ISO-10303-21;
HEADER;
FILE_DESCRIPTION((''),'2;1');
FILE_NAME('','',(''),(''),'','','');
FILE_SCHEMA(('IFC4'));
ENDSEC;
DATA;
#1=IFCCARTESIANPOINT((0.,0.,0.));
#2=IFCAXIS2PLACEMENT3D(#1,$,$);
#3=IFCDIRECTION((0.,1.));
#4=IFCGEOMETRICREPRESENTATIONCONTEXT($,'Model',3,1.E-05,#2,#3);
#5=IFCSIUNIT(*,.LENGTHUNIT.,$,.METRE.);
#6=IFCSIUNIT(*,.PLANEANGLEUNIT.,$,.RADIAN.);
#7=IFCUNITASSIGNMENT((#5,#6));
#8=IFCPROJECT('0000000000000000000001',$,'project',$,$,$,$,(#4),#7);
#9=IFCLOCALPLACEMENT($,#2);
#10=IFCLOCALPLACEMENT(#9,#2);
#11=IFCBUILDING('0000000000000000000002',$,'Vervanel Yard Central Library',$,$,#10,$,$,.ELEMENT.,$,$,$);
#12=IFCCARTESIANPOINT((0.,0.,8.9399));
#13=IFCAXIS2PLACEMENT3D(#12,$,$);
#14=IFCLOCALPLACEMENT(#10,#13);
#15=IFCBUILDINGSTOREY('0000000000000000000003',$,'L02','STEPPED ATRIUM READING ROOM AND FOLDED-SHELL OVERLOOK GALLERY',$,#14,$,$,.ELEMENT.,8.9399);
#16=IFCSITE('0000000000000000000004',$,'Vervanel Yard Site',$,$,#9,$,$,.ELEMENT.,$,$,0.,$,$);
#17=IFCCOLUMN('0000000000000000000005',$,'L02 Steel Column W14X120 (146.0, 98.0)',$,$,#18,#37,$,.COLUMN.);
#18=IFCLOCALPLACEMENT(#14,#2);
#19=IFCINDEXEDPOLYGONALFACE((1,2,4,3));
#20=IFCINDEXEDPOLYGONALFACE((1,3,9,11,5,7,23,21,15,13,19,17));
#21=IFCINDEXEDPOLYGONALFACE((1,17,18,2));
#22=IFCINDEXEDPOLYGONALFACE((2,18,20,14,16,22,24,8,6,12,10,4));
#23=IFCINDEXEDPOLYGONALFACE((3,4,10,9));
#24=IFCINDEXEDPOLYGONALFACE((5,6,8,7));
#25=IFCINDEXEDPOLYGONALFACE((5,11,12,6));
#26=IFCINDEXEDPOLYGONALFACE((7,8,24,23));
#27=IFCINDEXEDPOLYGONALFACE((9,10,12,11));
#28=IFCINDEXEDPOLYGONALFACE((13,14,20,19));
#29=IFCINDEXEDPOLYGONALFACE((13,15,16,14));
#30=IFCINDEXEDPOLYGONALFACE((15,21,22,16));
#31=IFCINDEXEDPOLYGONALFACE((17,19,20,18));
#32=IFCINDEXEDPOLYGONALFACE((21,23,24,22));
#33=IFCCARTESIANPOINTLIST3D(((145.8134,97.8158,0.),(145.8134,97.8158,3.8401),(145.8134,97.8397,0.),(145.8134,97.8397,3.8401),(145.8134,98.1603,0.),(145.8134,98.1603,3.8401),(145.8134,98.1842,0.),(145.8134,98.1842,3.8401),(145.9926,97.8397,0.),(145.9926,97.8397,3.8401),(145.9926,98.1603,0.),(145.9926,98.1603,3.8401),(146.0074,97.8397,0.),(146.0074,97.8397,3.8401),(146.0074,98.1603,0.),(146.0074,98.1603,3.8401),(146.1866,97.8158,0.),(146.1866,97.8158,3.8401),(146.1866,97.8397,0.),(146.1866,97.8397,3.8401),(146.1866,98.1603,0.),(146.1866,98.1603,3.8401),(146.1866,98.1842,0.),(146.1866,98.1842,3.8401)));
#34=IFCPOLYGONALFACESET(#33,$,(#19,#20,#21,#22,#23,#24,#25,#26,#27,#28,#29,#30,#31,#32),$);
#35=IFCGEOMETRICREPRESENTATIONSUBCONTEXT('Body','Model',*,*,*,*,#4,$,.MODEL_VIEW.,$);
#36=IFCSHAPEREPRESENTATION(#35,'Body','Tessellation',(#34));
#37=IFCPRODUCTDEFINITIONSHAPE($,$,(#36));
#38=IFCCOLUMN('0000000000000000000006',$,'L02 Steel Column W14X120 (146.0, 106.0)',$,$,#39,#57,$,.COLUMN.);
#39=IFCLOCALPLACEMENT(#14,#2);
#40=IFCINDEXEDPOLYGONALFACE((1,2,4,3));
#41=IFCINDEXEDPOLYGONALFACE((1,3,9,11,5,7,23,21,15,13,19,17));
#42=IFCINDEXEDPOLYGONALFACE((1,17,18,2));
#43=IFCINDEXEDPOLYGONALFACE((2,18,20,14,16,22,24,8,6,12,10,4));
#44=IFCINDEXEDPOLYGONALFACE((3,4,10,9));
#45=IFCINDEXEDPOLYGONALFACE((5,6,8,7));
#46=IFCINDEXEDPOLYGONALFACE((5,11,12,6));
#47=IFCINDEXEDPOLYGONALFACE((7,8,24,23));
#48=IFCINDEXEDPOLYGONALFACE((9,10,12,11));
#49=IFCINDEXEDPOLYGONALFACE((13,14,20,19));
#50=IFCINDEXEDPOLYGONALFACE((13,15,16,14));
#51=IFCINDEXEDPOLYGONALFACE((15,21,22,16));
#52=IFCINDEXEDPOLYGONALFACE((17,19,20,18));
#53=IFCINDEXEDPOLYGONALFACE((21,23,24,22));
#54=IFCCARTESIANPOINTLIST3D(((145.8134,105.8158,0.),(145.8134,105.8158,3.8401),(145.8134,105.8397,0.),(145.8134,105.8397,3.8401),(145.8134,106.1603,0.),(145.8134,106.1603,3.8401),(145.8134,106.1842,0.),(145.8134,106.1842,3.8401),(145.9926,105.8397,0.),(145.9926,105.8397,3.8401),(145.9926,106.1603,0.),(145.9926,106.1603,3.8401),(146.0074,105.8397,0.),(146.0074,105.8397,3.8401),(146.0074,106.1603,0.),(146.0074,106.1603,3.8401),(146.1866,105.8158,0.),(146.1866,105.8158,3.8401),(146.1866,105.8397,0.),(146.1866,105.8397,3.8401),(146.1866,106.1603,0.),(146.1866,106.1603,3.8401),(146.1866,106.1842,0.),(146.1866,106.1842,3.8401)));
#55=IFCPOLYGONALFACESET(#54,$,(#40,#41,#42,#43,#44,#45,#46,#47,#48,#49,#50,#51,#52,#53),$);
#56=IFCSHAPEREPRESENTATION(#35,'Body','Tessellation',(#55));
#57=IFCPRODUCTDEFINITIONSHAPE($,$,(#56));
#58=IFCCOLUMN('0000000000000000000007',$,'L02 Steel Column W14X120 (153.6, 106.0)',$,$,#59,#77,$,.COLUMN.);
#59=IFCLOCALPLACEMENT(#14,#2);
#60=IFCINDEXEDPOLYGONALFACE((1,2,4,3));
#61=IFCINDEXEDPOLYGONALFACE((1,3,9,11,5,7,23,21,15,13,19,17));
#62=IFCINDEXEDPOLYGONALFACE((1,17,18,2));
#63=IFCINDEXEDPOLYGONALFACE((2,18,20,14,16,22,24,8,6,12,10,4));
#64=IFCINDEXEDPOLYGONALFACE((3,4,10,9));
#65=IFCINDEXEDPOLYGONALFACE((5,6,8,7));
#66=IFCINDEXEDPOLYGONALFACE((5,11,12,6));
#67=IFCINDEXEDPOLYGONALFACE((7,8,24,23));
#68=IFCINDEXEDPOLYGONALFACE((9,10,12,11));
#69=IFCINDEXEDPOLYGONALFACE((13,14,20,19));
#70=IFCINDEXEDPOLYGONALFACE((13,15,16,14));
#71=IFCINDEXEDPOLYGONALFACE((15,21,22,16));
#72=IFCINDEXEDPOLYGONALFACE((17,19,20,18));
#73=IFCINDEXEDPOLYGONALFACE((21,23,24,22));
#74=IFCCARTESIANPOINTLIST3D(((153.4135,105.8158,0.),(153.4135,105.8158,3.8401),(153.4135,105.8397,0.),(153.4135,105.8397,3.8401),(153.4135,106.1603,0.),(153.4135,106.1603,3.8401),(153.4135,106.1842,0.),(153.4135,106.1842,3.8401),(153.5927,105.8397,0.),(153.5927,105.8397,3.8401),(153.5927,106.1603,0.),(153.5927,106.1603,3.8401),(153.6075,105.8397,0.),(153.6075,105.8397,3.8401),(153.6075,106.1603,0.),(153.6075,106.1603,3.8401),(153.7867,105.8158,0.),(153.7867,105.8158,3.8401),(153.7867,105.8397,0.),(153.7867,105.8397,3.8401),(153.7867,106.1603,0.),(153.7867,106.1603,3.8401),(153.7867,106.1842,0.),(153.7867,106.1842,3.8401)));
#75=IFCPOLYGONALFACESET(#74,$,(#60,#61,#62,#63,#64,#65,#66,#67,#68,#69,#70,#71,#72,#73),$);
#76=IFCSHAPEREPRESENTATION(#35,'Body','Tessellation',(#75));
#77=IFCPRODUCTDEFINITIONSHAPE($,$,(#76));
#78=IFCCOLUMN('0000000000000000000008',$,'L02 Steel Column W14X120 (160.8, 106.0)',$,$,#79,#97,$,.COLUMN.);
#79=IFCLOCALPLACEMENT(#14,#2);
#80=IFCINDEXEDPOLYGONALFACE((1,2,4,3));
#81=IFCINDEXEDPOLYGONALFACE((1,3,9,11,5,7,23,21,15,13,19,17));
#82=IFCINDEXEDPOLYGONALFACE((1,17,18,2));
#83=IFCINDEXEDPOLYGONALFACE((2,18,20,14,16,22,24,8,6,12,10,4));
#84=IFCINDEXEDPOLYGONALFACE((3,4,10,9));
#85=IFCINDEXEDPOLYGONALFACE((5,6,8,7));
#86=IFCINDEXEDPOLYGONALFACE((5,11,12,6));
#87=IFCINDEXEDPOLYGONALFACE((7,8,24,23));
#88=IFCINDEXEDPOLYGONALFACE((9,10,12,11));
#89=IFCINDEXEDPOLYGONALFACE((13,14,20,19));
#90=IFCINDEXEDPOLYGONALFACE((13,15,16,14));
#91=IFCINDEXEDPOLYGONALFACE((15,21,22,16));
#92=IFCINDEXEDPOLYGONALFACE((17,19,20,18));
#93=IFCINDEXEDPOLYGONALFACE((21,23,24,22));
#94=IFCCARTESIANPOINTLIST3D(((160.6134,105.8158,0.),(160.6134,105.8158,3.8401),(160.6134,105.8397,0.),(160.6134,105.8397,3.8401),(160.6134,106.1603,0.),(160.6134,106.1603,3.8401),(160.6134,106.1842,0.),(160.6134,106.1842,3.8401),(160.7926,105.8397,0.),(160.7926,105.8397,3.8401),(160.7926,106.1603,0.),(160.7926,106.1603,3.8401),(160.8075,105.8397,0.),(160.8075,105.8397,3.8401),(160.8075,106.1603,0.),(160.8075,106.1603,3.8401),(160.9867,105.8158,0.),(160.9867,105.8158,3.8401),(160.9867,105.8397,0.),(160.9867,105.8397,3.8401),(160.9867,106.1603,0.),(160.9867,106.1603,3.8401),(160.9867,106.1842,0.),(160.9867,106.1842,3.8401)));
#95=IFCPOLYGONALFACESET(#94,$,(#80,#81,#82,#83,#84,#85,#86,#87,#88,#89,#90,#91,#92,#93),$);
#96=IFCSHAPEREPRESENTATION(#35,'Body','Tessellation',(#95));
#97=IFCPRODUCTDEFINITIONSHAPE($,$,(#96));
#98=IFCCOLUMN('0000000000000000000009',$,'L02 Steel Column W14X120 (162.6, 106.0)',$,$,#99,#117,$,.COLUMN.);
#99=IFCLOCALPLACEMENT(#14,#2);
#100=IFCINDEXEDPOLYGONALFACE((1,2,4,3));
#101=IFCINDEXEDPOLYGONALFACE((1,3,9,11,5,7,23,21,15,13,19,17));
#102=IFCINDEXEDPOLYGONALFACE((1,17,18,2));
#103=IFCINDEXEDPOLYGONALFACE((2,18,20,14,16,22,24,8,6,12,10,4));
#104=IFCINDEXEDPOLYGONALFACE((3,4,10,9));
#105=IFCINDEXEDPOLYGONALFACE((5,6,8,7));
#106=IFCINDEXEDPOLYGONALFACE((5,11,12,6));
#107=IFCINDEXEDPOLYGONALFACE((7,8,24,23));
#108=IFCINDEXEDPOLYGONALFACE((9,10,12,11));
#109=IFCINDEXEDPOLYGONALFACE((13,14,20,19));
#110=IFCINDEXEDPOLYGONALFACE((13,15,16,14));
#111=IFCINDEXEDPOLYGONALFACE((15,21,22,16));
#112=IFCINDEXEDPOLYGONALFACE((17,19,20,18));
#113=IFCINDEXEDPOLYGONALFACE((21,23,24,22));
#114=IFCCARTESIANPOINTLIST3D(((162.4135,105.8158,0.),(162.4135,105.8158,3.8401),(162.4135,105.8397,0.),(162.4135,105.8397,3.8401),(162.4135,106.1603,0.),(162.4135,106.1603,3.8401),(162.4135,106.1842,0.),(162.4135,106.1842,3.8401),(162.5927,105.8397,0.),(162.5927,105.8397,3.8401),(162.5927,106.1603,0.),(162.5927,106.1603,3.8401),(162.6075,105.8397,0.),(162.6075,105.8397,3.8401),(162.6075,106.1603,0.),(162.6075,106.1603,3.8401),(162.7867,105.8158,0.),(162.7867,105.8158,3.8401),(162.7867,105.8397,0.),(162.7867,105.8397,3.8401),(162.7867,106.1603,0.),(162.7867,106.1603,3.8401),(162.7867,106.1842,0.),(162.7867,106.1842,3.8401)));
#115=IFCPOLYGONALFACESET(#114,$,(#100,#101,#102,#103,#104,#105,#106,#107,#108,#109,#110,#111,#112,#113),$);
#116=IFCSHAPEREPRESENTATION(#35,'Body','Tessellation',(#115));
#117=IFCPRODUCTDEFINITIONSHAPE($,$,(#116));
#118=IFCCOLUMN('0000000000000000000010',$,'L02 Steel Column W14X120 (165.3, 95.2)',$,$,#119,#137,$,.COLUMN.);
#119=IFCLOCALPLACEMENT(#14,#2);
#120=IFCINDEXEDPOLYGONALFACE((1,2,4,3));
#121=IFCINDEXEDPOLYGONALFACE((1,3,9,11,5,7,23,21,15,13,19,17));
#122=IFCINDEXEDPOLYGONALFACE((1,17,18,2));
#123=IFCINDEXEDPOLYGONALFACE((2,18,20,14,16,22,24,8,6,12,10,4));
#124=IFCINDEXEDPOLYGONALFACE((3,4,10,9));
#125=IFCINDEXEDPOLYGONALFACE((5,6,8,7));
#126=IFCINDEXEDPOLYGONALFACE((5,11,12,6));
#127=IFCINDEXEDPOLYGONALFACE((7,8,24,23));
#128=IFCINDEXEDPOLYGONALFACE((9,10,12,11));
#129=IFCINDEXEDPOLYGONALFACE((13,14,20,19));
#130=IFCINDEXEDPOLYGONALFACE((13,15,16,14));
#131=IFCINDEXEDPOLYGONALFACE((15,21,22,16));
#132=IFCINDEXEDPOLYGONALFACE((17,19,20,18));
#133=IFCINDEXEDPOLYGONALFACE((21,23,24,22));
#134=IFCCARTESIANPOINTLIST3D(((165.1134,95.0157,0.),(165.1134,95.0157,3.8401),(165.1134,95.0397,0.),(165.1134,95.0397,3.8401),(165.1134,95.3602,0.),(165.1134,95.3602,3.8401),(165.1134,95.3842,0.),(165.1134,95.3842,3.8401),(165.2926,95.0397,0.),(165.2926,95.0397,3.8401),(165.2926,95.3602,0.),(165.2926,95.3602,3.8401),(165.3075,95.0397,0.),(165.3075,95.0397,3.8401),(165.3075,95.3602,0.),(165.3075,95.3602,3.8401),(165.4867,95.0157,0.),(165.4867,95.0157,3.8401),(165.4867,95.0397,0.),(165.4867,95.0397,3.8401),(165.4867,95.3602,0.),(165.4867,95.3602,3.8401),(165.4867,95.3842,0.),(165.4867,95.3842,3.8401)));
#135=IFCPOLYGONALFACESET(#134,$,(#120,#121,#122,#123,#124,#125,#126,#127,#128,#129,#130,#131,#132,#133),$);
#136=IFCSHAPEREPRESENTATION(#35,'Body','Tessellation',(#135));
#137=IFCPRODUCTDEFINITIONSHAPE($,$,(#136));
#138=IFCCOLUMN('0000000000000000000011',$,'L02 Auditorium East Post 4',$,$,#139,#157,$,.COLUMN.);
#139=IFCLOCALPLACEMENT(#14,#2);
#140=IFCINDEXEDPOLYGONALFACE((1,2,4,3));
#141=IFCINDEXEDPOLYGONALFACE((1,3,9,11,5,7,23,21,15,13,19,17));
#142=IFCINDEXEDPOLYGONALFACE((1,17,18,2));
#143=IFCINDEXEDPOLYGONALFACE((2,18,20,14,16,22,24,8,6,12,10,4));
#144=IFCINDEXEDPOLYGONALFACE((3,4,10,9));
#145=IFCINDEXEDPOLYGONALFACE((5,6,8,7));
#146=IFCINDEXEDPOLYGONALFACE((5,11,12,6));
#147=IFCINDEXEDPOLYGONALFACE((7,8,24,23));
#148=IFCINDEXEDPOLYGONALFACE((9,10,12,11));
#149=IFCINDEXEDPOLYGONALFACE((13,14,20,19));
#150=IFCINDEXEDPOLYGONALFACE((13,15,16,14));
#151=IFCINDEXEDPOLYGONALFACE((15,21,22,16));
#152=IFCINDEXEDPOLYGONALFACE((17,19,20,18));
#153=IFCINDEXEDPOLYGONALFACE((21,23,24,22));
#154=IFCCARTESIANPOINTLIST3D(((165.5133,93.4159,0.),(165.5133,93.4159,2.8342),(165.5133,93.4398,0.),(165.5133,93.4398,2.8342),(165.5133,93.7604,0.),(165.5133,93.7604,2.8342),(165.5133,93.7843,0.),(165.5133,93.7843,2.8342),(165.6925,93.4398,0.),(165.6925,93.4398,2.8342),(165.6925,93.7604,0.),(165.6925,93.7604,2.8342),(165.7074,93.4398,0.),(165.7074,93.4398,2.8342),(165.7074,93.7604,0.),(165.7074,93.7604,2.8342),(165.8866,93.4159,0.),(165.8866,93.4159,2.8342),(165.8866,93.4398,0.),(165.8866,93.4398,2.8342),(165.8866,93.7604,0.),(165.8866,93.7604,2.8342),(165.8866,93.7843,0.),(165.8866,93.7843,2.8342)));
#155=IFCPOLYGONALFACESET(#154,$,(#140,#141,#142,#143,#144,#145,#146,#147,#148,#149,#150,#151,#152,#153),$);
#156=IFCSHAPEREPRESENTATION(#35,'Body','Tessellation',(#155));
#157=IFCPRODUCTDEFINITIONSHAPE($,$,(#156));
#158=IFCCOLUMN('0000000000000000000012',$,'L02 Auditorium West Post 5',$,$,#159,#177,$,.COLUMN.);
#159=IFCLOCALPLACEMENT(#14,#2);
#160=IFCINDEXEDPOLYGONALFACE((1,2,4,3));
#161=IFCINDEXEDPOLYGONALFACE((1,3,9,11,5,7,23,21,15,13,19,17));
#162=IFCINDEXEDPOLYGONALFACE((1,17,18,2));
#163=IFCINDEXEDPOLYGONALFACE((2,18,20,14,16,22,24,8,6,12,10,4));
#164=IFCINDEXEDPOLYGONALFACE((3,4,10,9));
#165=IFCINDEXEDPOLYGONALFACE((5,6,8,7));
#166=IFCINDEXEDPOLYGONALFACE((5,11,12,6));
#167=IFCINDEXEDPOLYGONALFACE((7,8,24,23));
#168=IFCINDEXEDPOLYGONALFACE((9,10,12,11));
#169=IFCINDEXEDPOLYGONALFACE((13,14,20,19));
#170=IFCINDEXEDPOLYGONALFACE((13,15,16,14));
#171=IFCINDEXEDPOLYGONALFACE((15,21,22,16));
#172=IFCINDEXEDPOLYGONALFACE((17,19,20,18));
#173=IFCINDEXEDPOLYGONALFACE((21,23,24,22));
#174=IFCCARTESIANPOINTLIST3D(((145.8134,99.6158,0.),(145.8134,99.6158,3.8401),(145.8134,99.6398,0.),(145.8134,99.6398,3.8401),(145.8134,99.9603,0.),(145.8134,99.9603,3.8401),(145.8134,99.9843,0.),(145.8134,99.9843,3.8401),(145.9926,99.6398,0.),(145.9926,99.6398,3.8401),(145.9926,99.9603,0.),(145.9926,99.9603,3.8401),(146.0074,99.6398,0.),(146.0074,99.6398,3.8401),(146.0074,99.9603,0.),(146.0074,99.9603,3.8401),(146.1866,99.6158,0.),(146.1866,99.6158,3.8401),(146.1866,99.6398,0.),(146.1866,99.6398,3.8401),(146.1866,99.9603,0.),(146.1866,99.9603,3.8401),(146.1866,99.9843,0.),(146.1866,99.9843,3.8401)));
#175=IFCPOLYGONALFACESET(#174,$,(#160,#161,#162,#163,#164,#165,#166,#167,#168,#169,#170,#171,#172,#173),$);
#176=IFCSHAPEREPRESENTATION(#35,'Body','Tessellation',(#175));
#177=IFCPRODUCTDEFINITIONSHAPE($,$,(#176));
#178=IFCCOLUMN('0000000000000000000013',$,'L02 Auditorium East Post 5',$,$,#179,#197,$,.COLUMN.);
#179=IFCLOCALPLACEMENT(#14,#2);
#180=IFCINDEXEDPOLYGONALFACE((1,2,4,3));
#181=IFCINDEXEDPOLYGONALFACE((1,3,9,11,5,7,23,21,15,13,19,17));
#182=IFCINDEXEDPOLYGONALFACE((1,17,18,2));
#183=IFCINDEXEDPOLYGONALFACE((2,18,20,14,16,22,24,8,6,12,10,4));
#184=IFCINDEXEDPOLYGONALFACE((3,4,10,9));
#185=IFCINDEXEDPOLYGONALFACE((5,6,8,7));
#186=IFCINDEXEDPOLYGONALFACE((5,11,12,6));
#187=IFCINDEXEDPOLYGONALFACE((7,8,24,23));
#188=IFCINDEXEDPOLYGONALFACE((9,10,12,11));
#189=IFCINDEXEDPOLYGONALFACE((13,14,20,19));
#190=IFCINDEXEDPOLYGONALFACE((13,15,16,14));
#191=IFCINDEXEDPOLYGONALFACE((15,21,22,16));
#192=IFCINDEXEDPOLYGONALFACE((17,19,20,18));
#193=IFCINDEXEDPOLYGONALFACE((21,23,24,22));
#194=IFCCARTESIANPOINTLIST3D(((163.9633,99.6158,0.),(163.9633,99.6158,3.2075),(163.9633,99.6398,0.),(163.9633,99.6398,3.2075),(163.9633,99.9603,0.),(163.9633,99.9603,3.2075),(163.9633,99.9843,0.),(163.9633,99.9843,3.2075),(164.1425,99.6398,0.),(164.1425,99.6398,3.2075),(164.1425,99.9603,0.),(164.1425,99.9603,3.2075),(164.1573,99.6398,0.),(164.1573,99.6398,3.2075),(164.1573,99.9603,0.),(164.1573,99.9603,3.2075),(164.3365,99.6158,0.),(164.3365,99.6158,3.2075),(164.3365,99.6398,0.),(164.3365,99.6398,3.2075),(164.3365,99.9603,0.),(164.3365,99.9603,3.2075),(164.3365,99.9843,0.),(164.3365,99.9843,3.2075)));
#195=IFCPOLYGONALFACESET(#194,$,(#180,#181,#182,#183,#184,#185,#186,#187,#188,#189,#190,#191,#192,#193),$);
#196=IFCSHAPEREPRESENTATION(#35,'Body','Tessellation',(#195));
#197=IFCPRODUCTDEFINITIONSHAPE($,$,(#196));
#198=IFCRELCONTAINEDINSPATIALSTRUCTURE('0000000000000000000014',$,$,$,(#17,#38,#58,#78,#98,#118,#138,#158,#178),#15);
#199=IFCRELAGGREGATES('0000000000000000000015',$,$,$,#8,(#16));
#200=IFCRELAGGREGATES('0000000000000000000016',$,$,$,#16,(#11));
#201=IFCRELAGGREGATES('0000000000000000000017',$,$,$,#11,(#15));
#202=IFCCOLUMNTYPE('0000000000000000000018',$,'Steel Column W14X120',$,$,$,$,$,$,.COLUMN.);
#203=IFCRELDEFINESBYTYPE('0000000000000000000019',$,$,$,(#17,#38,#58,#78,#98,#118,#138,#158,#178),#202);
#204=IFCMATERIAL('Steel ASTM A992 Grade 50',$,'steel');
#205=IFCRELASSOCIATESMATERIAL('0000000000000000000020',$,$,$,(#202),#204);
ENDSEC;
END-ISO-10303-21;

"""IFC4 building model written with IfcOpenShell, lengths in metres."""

from ifc_helpers import new_model, si_unit, direction, frame, origin, origin_2d, place, context, subcontext, project, spatial, i_section, extrude, material, material_profile, profile_set, type_object, element, save


model = new_model("IFC4")

# Units and contexts
model_context = context("Model", 3, precision=1e-05, world=origin(), true_north=direction((0.0, 1.0)))
body_context = subcontext(model_context, "Body", "Model", "MODEL_VIEW")
ifc_project = project(units=[si_unit("LENGTHUNIT", "METRE"), si_unit("PLANEANGLEUNIT", "RADIAN")], contexts=[model_context])

# Site, building, storey
site_placement = place(None, origin())
site = spatial("IfcSite", under=ifc_project, at=site_placement, Name="Vervanel Yard Site", CompositionType="ELEMENT", RefElevation=0.0)
building_placement = place(site_placement, origin())
building = spatial("IfcBuilding", under=site, at=building_placement, Name="Vervanel Yard Central Library", CompositionType="ELEMENT")
storey_placement = place(building_placement, frame((0.0, 0.0, 8.9399)))
storey = spatial("IfcBuildingStorey", under=building, at=storey_placement, Name="L02", Description="STEPPED ATRIUM READING ROOM AND FOLDED-SHELL OVERLOOK GALLERY", CompositionType="ELEMENT", Elevation=8.9399)

# Columns
ifc_material_1 = material(Name="Steel ASTM A992 Grade 50", Category="steel")
ifc_material_profile_1 = material_profile(ifc_material_1, i_section(OverallWidth=0.3733, OverallDepth=0.3684, WebThickness=0.0149, FlangeThickness=0.0239, at=origin_2d()), Name="W14X120", Category="steel")
ifc_profile_set_1 = profile_set([ifc_material_profile_1], Name="Steel ASTM A992 Grade 50")
column_type = type_object("IfcColumnType", Name="Steel Column W14X120", PredefinedType="COLUMN", material=ifc_profile_set_1)
for number, where, z_axis, x_axis, name in (
    (1, (146.0, 98.0, 0.0), (0.0, 0.0, 1.0), (1.0, 0.0, 0.0), "L02 Steel Column W14X120 (146.0, 98.0)"),
    (2, (146.0, 106.0, 0.0), (0.0, 0.0, 1.0), (1.0, 0.0, 0.0), "L02 Steel Column W14X120 (146.0, 106.0)"),
    (3, (153.6001, 106.0, 0.0), (0.0, 0.0, 1.0), (1.0, 0.0, 0.0), "L02 Steel Column W14X120 (153.6, 106.0)"),
    (4, (160.8, 106.0, 0.0), (0.0, 0.0, 1.0), (1.0, 0.0, 0.0), "L02 Steel Column W14X120 (160.8, 106.0)"),
    (5, (162.6001, 106.0, 0.0), (0.0, 0.0, 1.0), (1.0, 0.0, 0.0), "L02 Steel Column W14X120 (162.6, 106.0)"),
    (6, (165.3, 95.2, 0.0), (0.0, 0.0, 1.0), (1.0, 0.0, 0.0), "L02 Steel Column W14X120 (165.3, 95.2)"),
):
    element("IfcColumn", number, at=place(storey_placement, frame(where, z_axis=z_axis, x_axis=x_axis)), inside=storey, type_object=column_type, Name=name, PredefinedType="COLUMN", context=body_context, shape_type="SweptSolid", body=[
        extrude(i_section(OverallWidth=0.3733, OverallDepth=0.3684, WebThickness=0.0149, FlangeThickness=0.0239, at=origin_2d()), origin(), (0.0, 0.0, 1.0), 3.8401),
    ])
column_1_placement = place(storey_placement, frame((165.7, 93.6001, 0.0), z_axis=(0.0, 0.0, 1.0), x_axis=(1.0, 0.0, 0.0)))
element("IfcColumn", 7, at=column_1_placement, inside=storey, type_object=column_type, Name="L02 Auditorium East Post 4", PredefinedType="COLUMN", context=body_context, shape_type="SweptSolid", body=[
    extrude(i_section(OverallWidth=0.3733, OverallDepth=0.3684, WebThickness=0.0149, FlangeThickness=0.0239, at=origin_2d()), origin(), (0.0, 0.0, 1.0), 2.8342),
])
column_2_placement = place(storey_placement, frame((146.0, 99.8, 0.0), z_axis=(0.0, 0.0, 1.0), x_axis=(1.0, 0.0, 0.0)))
element("IfcColumn", 8, at=column_2_placement, inside=storey, type_object=column_type, Name="L02 Auditorium West Post 5", PredefinedType="COLUMN", context=body_context, shape_type="SweptSolid", body=[
    extrude(i_section(OverallWidth=0.3733, OverallDepth=0.3684, WebThickness=0.0149, FlangeThickness=0.0239, at=origin_2d()), origin(), (0.0, 0.0, 1.0), 3.8401),
])
column_3_placement = place(storey_placement, frame((164.1499, 99.8, 0.0), z_axis=(0.0, 0.0, 1.0), x_axis=(1.0, 0.0, 0.0)))
element("IfcColumn", 9, at=column_3_placement, inside=storey, type_object=column_type, Name="L02 Auditorium East Post 5", PredefinedType="COLUMN", context=body_context, shape_type="SweptSolid", body=[
    extrude(i_section(OverallWidth=0.3733, OverallDepth=0.3684, WebThickness=0.0149, FlangeThickness=0.0239, at=origin_2d()), origin(), (0.0, 0.0, 1.0), 3.2075),
])

save(model, "model.ifc")
